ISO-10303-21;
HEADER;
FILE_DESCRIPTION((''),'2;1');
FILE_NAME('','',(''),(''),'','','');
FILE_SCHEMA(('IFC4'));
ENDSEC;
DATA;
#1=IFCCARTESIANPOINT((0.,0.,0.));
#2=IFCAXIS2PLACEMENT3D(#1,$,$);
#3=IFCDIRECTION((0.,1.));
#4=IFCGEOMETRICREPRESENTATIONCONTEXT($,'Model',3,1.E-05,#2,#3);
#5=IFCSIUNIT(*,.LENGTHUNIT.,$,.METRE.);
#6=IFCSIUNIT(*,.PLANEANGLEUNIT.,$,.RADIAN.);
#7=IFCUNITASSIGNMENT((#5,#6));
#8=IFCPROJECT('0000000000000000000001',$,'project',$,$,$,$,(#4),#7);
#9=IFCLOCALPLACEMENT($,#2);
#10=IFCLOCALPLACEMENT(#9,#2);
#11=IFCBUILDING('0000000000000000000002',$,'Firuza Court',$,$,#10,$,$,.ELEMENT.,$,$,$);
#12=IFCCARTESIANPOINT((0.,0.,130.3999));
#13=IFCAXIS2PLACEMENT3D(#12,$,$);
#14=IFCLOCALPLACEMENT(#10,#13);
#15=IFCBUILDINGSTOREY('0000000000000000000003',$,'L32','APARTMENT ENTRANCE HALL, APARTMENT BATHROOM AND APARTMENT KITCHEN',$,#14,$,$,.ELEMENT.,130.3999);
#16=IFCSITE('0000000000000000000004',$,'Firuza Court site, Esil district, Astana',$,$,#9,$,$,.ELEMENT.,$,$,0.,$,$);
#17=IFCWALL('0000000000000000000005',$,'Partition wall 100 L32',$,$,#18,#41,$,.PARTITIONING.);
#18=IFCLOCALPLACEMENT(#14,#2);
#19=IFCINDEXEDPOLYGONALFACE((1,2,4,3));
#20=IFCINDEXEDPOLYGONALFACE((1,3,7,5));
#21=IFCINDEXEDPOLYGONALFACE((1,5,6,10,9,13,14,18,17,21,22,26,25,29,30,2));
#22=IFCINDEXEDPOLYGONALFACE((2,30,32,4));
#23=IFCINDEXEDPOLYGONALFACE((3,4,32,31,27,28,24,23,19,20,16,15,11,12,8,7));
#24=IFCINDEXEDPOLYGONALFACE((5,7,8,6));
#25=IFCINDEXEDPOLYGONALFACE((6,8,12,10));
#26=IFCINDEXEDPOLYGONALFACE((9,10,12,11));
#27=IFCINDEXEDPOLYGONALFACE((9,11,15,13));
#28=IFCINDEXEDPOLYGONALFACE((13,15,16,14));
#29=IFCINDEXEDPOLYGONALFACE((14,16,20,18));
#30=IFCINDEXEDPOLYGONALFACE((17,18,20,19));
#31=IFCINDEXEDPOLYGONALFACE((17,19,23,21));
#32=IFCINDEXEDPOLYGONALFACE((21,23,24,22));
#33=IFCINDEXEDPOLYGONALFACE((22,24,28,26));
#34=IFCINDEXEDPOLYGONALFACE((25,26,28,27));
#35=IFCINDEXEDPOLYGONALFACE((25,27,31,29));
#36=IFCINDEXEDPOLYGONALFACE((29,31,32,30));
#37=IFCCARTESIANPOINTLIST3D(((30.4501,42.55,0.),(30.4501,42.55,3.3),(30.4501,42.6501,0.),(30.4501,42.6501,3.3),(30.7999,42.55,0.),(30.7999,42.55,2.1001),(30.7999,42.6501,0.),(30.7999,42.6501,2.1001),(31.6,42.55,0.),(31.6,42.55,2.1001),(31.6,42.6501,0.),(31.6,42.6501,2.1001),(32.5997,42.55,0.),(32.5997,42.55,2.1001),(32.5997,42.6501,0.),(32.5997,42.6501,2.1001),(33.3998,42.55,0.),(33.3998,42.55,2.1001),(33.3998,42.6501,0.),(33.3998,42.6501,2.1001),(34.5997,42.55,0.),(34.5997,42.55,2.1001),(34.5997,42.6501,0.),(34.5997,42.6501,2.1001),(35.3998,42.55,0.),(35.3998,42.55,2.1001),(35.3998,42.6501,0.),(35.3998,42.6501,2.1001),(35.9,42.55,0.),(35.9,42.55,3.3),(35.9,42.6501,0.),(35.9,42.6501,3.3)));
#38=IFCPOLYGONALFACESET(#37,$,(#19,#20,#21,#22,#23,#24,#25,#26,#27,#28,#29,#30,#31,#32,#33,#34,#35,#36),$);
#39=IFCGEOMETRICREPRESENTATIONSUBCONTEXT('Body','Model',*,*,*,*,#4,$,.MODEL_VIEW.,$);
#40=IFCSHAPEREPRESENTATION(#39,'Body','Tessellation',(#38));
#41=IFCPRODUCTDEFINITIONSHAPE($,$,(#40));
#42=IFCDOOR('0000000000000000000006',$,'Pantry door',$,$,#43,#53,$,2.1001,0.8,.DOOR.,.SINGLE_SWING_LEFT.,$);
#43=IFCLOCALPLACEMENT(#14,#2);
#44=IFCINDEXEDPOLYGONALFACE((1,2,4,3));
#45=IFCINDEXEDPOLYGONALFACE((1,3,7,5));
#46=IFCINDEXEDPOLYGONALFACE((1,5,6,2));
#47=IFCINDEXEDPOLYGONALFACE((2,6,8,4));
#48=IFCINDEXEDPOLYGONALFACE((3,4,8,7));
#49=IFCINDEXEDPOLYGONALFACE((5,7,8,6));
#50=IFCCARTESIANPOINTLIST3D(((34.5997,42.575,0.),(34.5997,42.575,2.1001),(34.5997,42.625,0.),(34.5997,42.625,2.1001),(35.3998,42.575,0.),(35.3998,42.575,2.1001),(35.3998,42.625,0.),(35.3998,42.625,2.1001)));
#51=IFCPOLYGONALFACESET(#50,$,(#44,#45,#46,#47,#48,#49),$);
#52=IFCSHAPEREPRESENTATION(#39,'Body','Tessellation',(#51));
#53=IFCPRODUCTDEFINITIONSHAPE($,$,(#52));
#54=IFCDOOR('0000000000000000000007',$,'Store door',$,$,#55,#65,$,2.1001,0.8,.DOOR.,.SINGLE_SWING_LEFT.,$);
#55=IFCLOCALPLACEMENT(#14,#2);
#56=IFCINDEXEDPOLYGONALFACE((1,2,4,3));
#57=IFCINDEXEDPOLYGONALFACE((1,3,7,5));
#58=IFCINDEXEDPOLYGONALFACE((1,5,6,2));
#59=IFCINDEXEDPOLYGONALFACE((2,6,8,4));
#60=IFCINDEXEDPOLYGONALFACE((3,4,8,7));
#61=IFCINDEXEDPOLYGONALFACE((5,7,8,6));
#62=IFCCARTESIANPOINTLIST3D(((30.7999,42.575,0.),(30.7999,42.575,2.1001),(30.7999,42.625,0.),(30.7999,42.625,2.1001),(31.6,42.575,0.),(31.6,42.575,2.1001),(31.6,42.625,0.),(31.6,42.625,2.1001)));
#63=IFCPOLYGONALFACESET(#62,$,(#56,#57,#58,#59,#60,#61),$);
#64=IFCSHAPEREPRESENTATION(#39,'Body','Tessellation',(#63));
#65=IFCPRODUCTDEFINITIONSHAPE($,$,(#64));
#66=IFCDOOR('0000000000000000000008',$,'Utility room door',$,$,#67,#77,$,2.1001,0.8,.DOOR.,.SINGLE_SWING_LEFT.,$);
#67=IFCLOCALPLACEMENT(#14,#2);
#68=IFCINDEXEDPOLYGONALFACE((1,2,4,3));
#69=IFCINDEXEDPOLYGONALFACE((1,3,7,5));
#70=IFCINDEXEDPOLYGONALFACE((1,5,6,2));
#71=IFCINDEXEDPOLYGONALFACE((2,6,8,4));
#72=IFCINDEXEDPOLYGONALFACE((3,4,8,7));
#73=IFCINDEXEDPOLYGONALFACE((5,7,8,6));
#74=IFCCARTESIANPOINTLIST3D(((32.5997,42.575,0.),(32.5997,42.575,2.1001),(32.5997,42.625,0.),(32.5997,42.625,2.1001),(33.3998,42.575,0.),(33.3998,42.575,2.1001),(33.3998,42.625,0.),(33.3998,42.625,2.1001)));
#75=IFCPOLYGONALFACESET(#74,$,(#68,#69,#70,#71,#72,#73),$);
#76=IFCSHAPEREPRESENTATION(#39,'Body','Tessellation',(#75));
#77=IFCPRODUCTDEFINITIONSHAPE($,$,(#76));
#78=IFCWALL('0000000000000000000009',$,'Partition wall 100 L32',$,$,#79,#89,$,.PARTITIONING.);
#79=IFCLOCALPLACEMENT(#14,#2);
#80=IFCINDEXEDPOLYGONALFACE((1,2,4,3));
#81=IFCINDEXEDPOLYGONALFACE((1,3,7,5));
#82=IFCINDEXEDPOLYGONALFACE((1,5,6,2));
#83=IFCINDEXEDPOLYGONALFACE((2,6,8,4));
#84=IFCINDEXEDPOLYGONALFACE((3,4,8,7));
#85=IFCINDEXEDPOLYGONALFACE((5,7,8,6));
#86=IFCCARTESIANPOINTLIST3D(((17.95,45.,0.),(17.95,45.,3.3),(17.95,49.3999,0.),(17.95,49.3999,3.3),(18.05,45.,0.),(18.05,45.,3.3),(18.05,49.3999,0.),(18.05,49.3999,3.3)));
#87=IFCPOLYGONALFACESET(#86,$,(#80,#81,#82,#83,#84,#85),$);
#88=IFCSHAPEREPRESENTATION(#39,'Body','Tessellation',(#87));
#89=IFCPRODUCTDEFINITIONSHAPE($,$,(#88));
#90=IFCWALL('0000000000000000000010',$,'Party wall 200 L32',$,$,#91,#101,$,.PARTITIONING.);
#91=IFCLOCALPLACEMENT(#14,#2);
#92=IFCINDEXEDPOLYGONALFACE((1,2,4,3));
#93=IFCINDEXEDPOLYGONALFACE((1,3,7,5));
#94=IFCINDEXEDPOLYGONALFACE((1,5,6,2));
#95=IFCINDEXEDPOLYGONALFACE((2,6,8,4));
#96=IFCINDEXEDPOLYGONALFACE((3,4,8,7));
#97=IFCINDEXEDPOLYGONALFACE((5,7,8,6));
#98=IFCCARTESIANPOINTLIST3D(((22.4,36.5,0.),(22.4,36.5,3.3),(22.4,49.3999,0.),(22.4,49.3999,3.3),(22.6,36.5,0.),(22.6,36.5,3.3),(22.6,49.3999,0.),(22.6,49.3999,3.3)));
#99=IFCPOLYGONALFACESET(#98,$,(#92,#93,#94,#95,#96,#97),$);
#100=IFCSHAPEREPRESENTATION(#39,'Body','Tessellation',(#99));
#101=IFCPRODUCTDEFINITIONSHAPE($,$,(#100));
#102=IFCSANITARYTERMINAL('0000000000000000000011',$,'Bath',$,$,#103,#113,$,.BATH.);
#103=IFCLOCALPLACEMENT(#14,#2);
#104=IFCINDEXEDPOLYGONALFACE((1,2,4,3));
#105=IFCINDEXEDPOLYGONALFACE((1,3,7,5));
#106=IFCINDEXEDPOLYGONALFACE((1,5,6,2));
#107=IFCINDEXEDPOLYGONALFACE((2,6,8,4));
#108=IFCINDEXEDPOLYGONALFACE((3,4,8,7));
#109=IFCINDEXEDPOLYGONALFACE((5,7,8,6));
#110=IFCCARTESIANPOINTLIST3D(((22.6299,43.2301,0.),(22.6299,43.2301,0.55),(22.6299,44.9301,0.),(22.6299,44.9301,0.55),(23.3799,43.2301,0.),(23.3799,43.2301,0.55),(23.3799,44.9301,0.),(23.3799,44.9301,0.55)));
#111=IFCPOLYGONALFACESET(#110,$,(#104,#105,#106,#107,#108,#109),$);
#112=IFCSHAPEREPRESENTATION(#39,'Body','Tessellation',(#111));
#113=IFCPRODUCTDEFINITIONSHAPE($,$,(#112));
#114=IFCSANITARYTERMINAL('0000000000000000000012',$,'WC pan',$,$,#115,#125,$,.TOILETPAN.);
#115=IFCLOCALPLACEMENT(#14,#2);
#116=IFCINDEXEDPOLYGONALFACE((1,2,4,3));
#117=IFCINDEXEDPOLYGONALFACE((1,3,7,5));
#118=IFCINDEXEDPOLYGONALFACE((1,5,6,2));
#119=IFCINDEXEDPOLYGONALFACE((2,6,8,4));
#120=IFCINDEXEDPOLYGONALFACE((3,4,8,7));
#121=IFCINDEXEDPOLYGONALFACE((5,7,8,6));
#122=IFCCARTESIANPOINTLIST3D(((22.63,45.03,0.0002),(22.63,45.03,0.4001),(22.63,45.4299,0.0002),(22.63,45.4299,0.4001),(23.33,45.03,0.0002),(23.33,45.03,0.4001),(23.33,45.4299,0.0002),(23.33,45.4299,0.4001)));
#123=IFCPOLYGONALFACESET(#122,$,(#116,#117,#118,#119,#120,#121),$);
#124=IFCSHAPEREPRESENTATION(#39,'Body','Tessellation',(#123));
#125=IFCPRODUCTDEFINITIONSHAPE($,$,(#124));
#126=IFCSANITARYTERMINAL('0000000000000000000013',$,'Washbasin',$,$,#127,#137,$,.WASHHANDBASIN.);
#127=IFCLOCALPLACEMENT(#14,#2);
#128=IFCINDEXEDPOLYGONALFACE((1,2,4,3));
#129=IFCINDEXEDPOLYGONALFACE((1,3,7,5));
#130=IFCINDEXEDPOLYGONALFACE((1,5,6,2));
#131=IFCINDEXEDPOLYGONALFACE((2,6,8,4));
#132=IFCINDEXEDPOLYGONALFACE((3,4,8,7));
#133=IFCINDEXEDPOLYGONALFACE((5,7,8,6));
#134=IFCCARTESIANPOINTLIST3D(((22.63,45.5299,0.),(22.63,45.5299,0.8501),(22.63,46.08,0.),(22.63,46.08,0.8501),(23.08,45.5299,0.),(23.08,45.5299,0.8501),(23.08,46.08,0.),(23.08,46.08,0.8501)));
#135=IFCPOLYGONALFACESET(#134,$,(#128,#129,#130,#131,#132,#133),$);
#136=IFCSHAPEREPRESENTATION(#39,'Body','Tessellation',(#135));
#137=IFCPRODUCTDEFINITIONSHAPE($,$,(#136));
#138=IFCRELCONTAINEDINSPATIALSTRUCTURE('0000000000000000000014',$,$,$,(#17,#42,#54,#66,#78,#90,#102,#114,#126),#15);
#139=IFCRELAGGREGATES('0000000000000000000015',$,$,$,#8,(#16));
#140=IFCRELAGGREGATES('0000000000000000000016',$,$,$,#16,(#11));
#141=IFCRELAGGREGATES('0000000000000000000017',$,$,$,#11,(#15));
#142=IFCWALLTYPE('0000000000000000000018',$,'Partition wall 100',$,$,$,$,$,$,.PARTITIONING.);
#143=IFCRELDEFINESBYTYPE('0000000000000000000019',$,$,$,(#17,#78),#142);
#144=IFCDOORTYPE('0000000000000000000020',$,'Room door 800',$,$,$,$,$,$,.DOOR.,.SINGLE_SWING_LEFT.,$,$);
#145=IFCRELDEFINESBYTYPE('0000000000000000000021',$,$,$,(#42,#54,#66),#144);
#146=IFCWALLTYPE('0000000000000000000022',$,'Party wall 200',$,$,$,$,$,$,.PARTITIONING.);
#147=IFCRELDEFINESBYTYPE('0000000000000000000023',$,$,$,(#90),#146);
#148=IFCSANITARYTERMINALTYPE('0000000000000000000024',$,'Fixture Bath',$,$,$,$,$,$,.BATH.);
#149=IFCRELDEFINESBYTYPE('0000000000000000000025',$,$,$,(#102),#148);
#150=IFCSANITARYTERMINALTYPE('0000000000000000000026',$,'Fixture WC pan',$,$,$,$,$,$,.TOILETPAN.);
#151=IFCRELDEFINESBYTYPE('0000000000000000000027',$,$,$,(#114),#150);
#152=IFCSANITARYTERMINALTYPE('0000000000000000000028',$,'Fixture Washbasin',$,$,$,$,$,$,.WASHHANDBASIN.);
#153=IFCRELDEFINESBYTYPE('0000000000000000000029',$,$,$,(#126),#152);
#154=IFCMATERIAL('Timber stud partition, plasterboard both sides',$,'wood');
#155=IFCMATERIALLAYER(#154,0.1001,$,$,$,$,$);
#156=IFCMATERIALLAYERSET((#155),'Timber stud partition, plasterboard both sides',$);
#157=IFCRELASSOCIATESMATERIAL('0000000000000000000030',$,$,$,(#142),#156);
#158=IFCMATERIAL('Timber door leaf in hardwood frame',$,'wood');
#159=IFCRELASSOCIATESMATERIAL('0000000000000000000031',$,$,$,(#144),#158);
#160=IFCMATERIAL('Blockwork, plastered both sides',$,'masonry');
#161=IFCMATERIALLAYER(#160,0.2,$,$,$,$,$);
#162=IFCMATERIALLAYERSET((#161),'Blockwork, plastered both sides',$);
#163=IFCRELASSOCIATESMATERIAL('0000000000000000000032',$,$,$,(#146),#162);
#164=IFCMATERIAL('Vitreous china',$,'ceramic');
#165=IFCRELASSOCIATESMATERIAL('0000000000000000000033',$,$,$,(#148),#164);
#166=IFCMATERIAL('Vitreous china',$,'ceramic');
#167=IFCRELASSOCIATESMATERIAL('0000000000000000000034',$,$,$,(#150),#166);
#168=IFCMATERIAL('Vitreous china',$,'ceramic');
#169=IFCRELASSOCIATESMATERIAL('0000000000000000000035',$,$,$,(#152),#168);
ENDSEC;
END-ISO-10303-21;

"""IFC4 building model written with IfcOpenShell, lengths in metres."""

from ifc_helpers import new_model, si_unit, direction, frame, frame_2d, origin, origin_2d, place, context, subcontext, project, spatial, rectangle, extrude, material, layer, layer_set, type_object, element, fill, save


model = new_model("IFC4")

# Units and contexts
model_context = context("Model", 3, precision=1e-05, world=origin(), true_north=direction((0.0, 1.0)))
body_context = subcontext(model_context, "Body", "Model", "MODEL_VIEW")
ifc_project = project(units=[si_unit("LENGTHUNIT", "METRE"), si_unit("PLANEANGLEUNIT", "RADIAN")], contexts=[model_context])

# Site, building, storey
site_placement = place(None, origin())
site = spatial("IfcSite", under=ifc_project, at=site_placement, Name="Firuza Court site, Esil district, Astana", CompositionType="ELEMENT", RefElevation=0.0)
building_placement = place(site_placement, origin())
building = spatial("IfcBuilding", under=site, at=building_placement, Name="Firuza Court", CompositionType="ELEMENT")
storey_placement = place(building_placement, frame((0.0, 0.0, 130.3999)))
storey = spatial("IfcBuildingStorey", under=building, at=storey_placement, Name="L32", Description="APARTMENT ENTRANCE HALL, APARTMENT BATHROOM AND APARTMENT KITCHEN", CompositionType="ELEMENT", Elevation=130.3999)

# Shared definitions
ifc_material_1 = material(Name="Timber stud partition, plasterboard both sides", Category="wood")
ifc_layer_1 = layer(ifc_material_1, 0.1001)
ifc_layer_set_1 = layer_set([ifc_layer_1], Name="Timber stud partition, plasterboard both sides")
wall_type_1 = type_object("IfcWallType", Name="Partition wall 100", PredefinedType="PARTITIONING", material=ifc_layer_set_1)

# Wall, openings, doors
wall_1_placement = place(storey_placement, frame((30.45, 42.6001, 0.0), z_axis=(0.0, 0.0, 1.0), x_axis=(1.0, 0.0, 0.0)))
wall_1 = element("IfcWall", 1, at=wall_1_placement, inside=storey, type_object=wall_type_1, Name="Partition wall 100 L32", PredefinedType="PARTITIONING", context=body_context, shape_type="SweptSolid", body=[
    extrude(rectangle(XDim=5.45, YDim=0.1001, at=frame_2d((2.7251, 0.0))), origin(), (0.0, 0.0, 1.0), 3.3),
])
opening_1_placement = place(wall_1_placement, frame((4.1499, 0.0, 0.0)))
opening_1 = element("IfcOpeningElement", 2, at=opening_1_placement, cuts=wall_1, PredefinedType="OPENING", context=body_context, shape_type="SweptSolid", body=[
    extrude(rectangle(XDim=0.8, YDim=2.1001, at=frame_2d((0.3999, 1.05))), frame((0.0, 0.062, 0.0), z_axis=(0.0, -1.0, 0.0), x_axis=(1.0, 0.0, 0.0)), (0.0, 0.0, 1.0), 0.124),
])
opening_2_placement = place(wall_1_placement, frame((0.3501, 0.0, 0.0)))
opening_2 = element("IfcOpeningElement", 3, at=opening_2_placement, cuts=wall_1, PredefinedType="OPENING", context=body_context, shape_type="SweptSolid", body=[
    extrude(rectangle(XDim=0.8, YDim=2.1001, at=frame_2d((0.3999, 1.05))), frame((0.0, 0.062, 0.0), z_axis=(0.0, -1.0, 0.0), x_axis=(1.0, 0.0, 0.0)), (0.0, 0.0, 1.0), 0.124),
])
opening_3_placement = place(wall_1_placement, frame((2.1499, 0.0, 0.0)))
opening_3 = element("IfcOpeningElement", 4, at=opening_3_placement, cuts=wall_1, PredefinedType="OPENING", context=body_context, shape_type="SweptSolid", body=[
    extrude(rectangle(XDim=0.8, YDim=2.1001, at=frame_2d((0.3999, 1.05))), frame((0.0, 0.062, 0.0), z_axis=(0.0, -1.0, 0.0), x_axis=(1.0, 0.0, 0.0)), (0.0, 0.0, 1.0), 0.124),
])
ifc_material_2 = material(Name="Timber door leaf in hardwood frame", Category="wood")
door_type_1 = type_object("IfcDoorType", Name="Room door 800", OperationType="SINGLE_SWING_LEFT", PredefinedType="DOOR", material=ifc_material_2)
door_1_placement = place(opening_1_placement, origin())
door_1 = element("IfcDoor", 5, at=door_1_placement, inside=storey, type_object=door_type_1, Name="Pantry door", OperationType="SINGLE_SWING_LEFT", OverallHeight=2.1001, OverallWidth=0.8, PredefinedType="DOOR", context=body_context, shape_type="SweptSolid", body=[
    extrude(rectangle(XDim=0.8, YDim=2.1001, at=frame_2d((0.3999, 1.05))), frame((0.0, 0.0249, 0.0), z_axis=(0.0, -1.0, 0.0), x_axis=(1.0, 0.0, 0.0)), (0.0, 0.0, 1.0), 0.05),
])
fill(opening_1, door_1)
door_2_placement = place(opening_2_placement, origin())
door_2 = element("IfcDoor", 6, at=door_2_placement, inside=storey, type_object=door_type_1, Name="Store door", OperationType="SINGLE_SWING_LEFT", OverallHeight=2.1001, OverallWidth=0.8, PredefinedType="DOOR", context=body_context, shape_type="SweptSolid", body=[
    extrude(rectangle(XDim=0.8, YDim=2.1001, at=frame_2d((0.3999, 1.05))), frame((0.0, 0.0249, 0.0), z_axis=(0.0, -1.0, 0.0), x_axis=(1.0, 0.0, 0.0)), (0.0, 0.0, 1.0), 0.05),
])
fill(opening_2, door_2)
door_3_placement = place(opening_3_placement, origin())
door_3 = element("IfcDoor", 7, at=door_3_placement, inside=storey, type_object=door_type_1, Name="Utility room door", OperationType="SINGLE_SWING_LEFT", OverallHeight=2.1001, OverallWidth=0.8, PredefinedType="DOOR", context=body_context, shape_type="SweptSolid", body=[
    extrude(rectangle(XDim=0.8, YDim=2.1001, at=frame_2d((0.3999, 1.05))), frame((0.0, 0.0249, 0.0), z_axis=(0.0, -1.0, 0.0), x_axis=(1.0, 0.0, 0.0)), (0.0, 0.0, 1.0), 0.05),
])
fill(opening_3, door_3)

# Walls
wall_2_placement = place(storey_placement, frame((18.0, 45.0, 0.0), z_axis=(0.0, 0.0, 1.0), x_axis=(0.0, 1.0, 0.0)))
element("IfcWall", 8, at=wall_2_placement, inside=storey, type_object=wall_type_1, Name="Partition wall 100 L32", PredefinedType="PARTITIONING", context=body_context, shape_type="SweptSolid", body=[
    extrude(rectangle(XDim=4.3999, YDim=0.1001, at=frame_2d((2.2, 0.0))), origin(), (0.0, 0.0, 1.0), 3.3),
])
ifc_material_3 = material(Name="Blockwork, plastered both sides", Category="masonry")
ifc_layer_2 = layer(ifc_material_3, 0.2)
ifc_layer_set_2 = layer_set([ifc_layer_2], Name="Blockwork, plastered both sides")
wall_type_2 = type_object("IfcWallType", Name="Party wall 200", PredefinedType="PARTITIONING", material=ifc_layer_set_2)
wall_3_placement = place(storey_placement, frame((22.5, 36.5, 0.0), z_axis=(0.0, 0.0, 1.0), x_axis=(0.0, 1.0, 0.0)))
element("IfcWall", 9, at=wall_3_placement, inside=storey, type_object=wall_type_2, Name="Party wall 200 L32", PredefinedType="PARTITIONING", context=body_context, shape_type="SweptSolid", body=[
    extrude(rectangle(XDim=12.8999, YDim=0.2, at=frame_2d((6.45, 0.0))), origin(), (0.0, 0.0, 1.0), 3.3),
])

# Sanitary terminals
ifc_material_4 = material(Name="Vitreous china", Category="ceramic")
sanitary_terminal_type_1 = type_object("IfcSanitaryTerminalType", Name="Fixture Bath", PredefinedType="BATH", material=ifc_material_4)
sanitary_terminal_1_placement = place(storey_placement, frame((23.0049, 44.0801, 0.0), z_axis=(0.0, 0.0, 1.0), x_axis=(1.0, 0.0, 0.0)))
element("IfcSanitaryTerminal", 10, at=sanitary_terminal_1_placement, inside=storey, type_object=sanitary_terminal_type_1, Name="Bath", PredefinedType="BATH", context=body_context, shape_type="SweptSolid", body=[
    extrude(rectangle(XDim=0.75, YDim=1.7, at=origin_2d()), origin(), (0.0, 0.0, 1.0), 0.55),
])
ifc_material_5 = material(Name="Vitreous china", Category="ceramic")
sanitary_terminal_type_2 = type_object("IfcSanitaryTerminalType", Name="Fixture WC pan", PredefinedType="TOILETPAN", material=ifc_material_5)
sanitary_terminal_2_placement = place(storey_placement, frame((22.98, 45.23, 0.0002), z_axis=(0.0, 0.0, 1.0), x_axis=(1.0, 0.0, 0.0)))
element("IfcSanitaryTerminal", 11, at=sanitary_terminal_2_placement, inside=storey, type_object=sanitary_terminal_type_2, Name="WC pan", PredefinedType="TOILETPAN", context=body_context, shape_type="SweptSolid", body=[
    extrude(rectangle(XDim=0.7, YDim=0.3999, at=origin_2d()), origin(), (0.0, 0.0, 1.0), 0.3999),
])
ifc_material_6 = material(Name="Vitreous china", Category="ceramic")
sanitary_terminal_type_3 = type_object("IfcSanitaryTerminalType", Name="Fixture Washbasin", PredefinedType="WASHHANDBASIN", material=ifc_material_6)
sanitary_terminal_3_placement = place(storey_placement, frame((22.855, 45.8049, 0.0), z_axis=(0.0, 0.0, 1.0), x_axis=(1.0, 0.0, 0.0)))
element("IfcSanitaryTerminal", 12, at=sanitary_terminal_3_placement, inside=storey, type_object=sanitary_terminal_type_3, Name="Washbasin", PredefinedType="WASHHANDBASIN", context=body_context, shape_type="SweptSolid", body=[
    extrude(rectangle(XDim=0.45, YDim=0.55, at=origin_2d()), origin(), (0.0, 0.0, 1.0), 0.8501),
])

save(model, "model.ifc")
